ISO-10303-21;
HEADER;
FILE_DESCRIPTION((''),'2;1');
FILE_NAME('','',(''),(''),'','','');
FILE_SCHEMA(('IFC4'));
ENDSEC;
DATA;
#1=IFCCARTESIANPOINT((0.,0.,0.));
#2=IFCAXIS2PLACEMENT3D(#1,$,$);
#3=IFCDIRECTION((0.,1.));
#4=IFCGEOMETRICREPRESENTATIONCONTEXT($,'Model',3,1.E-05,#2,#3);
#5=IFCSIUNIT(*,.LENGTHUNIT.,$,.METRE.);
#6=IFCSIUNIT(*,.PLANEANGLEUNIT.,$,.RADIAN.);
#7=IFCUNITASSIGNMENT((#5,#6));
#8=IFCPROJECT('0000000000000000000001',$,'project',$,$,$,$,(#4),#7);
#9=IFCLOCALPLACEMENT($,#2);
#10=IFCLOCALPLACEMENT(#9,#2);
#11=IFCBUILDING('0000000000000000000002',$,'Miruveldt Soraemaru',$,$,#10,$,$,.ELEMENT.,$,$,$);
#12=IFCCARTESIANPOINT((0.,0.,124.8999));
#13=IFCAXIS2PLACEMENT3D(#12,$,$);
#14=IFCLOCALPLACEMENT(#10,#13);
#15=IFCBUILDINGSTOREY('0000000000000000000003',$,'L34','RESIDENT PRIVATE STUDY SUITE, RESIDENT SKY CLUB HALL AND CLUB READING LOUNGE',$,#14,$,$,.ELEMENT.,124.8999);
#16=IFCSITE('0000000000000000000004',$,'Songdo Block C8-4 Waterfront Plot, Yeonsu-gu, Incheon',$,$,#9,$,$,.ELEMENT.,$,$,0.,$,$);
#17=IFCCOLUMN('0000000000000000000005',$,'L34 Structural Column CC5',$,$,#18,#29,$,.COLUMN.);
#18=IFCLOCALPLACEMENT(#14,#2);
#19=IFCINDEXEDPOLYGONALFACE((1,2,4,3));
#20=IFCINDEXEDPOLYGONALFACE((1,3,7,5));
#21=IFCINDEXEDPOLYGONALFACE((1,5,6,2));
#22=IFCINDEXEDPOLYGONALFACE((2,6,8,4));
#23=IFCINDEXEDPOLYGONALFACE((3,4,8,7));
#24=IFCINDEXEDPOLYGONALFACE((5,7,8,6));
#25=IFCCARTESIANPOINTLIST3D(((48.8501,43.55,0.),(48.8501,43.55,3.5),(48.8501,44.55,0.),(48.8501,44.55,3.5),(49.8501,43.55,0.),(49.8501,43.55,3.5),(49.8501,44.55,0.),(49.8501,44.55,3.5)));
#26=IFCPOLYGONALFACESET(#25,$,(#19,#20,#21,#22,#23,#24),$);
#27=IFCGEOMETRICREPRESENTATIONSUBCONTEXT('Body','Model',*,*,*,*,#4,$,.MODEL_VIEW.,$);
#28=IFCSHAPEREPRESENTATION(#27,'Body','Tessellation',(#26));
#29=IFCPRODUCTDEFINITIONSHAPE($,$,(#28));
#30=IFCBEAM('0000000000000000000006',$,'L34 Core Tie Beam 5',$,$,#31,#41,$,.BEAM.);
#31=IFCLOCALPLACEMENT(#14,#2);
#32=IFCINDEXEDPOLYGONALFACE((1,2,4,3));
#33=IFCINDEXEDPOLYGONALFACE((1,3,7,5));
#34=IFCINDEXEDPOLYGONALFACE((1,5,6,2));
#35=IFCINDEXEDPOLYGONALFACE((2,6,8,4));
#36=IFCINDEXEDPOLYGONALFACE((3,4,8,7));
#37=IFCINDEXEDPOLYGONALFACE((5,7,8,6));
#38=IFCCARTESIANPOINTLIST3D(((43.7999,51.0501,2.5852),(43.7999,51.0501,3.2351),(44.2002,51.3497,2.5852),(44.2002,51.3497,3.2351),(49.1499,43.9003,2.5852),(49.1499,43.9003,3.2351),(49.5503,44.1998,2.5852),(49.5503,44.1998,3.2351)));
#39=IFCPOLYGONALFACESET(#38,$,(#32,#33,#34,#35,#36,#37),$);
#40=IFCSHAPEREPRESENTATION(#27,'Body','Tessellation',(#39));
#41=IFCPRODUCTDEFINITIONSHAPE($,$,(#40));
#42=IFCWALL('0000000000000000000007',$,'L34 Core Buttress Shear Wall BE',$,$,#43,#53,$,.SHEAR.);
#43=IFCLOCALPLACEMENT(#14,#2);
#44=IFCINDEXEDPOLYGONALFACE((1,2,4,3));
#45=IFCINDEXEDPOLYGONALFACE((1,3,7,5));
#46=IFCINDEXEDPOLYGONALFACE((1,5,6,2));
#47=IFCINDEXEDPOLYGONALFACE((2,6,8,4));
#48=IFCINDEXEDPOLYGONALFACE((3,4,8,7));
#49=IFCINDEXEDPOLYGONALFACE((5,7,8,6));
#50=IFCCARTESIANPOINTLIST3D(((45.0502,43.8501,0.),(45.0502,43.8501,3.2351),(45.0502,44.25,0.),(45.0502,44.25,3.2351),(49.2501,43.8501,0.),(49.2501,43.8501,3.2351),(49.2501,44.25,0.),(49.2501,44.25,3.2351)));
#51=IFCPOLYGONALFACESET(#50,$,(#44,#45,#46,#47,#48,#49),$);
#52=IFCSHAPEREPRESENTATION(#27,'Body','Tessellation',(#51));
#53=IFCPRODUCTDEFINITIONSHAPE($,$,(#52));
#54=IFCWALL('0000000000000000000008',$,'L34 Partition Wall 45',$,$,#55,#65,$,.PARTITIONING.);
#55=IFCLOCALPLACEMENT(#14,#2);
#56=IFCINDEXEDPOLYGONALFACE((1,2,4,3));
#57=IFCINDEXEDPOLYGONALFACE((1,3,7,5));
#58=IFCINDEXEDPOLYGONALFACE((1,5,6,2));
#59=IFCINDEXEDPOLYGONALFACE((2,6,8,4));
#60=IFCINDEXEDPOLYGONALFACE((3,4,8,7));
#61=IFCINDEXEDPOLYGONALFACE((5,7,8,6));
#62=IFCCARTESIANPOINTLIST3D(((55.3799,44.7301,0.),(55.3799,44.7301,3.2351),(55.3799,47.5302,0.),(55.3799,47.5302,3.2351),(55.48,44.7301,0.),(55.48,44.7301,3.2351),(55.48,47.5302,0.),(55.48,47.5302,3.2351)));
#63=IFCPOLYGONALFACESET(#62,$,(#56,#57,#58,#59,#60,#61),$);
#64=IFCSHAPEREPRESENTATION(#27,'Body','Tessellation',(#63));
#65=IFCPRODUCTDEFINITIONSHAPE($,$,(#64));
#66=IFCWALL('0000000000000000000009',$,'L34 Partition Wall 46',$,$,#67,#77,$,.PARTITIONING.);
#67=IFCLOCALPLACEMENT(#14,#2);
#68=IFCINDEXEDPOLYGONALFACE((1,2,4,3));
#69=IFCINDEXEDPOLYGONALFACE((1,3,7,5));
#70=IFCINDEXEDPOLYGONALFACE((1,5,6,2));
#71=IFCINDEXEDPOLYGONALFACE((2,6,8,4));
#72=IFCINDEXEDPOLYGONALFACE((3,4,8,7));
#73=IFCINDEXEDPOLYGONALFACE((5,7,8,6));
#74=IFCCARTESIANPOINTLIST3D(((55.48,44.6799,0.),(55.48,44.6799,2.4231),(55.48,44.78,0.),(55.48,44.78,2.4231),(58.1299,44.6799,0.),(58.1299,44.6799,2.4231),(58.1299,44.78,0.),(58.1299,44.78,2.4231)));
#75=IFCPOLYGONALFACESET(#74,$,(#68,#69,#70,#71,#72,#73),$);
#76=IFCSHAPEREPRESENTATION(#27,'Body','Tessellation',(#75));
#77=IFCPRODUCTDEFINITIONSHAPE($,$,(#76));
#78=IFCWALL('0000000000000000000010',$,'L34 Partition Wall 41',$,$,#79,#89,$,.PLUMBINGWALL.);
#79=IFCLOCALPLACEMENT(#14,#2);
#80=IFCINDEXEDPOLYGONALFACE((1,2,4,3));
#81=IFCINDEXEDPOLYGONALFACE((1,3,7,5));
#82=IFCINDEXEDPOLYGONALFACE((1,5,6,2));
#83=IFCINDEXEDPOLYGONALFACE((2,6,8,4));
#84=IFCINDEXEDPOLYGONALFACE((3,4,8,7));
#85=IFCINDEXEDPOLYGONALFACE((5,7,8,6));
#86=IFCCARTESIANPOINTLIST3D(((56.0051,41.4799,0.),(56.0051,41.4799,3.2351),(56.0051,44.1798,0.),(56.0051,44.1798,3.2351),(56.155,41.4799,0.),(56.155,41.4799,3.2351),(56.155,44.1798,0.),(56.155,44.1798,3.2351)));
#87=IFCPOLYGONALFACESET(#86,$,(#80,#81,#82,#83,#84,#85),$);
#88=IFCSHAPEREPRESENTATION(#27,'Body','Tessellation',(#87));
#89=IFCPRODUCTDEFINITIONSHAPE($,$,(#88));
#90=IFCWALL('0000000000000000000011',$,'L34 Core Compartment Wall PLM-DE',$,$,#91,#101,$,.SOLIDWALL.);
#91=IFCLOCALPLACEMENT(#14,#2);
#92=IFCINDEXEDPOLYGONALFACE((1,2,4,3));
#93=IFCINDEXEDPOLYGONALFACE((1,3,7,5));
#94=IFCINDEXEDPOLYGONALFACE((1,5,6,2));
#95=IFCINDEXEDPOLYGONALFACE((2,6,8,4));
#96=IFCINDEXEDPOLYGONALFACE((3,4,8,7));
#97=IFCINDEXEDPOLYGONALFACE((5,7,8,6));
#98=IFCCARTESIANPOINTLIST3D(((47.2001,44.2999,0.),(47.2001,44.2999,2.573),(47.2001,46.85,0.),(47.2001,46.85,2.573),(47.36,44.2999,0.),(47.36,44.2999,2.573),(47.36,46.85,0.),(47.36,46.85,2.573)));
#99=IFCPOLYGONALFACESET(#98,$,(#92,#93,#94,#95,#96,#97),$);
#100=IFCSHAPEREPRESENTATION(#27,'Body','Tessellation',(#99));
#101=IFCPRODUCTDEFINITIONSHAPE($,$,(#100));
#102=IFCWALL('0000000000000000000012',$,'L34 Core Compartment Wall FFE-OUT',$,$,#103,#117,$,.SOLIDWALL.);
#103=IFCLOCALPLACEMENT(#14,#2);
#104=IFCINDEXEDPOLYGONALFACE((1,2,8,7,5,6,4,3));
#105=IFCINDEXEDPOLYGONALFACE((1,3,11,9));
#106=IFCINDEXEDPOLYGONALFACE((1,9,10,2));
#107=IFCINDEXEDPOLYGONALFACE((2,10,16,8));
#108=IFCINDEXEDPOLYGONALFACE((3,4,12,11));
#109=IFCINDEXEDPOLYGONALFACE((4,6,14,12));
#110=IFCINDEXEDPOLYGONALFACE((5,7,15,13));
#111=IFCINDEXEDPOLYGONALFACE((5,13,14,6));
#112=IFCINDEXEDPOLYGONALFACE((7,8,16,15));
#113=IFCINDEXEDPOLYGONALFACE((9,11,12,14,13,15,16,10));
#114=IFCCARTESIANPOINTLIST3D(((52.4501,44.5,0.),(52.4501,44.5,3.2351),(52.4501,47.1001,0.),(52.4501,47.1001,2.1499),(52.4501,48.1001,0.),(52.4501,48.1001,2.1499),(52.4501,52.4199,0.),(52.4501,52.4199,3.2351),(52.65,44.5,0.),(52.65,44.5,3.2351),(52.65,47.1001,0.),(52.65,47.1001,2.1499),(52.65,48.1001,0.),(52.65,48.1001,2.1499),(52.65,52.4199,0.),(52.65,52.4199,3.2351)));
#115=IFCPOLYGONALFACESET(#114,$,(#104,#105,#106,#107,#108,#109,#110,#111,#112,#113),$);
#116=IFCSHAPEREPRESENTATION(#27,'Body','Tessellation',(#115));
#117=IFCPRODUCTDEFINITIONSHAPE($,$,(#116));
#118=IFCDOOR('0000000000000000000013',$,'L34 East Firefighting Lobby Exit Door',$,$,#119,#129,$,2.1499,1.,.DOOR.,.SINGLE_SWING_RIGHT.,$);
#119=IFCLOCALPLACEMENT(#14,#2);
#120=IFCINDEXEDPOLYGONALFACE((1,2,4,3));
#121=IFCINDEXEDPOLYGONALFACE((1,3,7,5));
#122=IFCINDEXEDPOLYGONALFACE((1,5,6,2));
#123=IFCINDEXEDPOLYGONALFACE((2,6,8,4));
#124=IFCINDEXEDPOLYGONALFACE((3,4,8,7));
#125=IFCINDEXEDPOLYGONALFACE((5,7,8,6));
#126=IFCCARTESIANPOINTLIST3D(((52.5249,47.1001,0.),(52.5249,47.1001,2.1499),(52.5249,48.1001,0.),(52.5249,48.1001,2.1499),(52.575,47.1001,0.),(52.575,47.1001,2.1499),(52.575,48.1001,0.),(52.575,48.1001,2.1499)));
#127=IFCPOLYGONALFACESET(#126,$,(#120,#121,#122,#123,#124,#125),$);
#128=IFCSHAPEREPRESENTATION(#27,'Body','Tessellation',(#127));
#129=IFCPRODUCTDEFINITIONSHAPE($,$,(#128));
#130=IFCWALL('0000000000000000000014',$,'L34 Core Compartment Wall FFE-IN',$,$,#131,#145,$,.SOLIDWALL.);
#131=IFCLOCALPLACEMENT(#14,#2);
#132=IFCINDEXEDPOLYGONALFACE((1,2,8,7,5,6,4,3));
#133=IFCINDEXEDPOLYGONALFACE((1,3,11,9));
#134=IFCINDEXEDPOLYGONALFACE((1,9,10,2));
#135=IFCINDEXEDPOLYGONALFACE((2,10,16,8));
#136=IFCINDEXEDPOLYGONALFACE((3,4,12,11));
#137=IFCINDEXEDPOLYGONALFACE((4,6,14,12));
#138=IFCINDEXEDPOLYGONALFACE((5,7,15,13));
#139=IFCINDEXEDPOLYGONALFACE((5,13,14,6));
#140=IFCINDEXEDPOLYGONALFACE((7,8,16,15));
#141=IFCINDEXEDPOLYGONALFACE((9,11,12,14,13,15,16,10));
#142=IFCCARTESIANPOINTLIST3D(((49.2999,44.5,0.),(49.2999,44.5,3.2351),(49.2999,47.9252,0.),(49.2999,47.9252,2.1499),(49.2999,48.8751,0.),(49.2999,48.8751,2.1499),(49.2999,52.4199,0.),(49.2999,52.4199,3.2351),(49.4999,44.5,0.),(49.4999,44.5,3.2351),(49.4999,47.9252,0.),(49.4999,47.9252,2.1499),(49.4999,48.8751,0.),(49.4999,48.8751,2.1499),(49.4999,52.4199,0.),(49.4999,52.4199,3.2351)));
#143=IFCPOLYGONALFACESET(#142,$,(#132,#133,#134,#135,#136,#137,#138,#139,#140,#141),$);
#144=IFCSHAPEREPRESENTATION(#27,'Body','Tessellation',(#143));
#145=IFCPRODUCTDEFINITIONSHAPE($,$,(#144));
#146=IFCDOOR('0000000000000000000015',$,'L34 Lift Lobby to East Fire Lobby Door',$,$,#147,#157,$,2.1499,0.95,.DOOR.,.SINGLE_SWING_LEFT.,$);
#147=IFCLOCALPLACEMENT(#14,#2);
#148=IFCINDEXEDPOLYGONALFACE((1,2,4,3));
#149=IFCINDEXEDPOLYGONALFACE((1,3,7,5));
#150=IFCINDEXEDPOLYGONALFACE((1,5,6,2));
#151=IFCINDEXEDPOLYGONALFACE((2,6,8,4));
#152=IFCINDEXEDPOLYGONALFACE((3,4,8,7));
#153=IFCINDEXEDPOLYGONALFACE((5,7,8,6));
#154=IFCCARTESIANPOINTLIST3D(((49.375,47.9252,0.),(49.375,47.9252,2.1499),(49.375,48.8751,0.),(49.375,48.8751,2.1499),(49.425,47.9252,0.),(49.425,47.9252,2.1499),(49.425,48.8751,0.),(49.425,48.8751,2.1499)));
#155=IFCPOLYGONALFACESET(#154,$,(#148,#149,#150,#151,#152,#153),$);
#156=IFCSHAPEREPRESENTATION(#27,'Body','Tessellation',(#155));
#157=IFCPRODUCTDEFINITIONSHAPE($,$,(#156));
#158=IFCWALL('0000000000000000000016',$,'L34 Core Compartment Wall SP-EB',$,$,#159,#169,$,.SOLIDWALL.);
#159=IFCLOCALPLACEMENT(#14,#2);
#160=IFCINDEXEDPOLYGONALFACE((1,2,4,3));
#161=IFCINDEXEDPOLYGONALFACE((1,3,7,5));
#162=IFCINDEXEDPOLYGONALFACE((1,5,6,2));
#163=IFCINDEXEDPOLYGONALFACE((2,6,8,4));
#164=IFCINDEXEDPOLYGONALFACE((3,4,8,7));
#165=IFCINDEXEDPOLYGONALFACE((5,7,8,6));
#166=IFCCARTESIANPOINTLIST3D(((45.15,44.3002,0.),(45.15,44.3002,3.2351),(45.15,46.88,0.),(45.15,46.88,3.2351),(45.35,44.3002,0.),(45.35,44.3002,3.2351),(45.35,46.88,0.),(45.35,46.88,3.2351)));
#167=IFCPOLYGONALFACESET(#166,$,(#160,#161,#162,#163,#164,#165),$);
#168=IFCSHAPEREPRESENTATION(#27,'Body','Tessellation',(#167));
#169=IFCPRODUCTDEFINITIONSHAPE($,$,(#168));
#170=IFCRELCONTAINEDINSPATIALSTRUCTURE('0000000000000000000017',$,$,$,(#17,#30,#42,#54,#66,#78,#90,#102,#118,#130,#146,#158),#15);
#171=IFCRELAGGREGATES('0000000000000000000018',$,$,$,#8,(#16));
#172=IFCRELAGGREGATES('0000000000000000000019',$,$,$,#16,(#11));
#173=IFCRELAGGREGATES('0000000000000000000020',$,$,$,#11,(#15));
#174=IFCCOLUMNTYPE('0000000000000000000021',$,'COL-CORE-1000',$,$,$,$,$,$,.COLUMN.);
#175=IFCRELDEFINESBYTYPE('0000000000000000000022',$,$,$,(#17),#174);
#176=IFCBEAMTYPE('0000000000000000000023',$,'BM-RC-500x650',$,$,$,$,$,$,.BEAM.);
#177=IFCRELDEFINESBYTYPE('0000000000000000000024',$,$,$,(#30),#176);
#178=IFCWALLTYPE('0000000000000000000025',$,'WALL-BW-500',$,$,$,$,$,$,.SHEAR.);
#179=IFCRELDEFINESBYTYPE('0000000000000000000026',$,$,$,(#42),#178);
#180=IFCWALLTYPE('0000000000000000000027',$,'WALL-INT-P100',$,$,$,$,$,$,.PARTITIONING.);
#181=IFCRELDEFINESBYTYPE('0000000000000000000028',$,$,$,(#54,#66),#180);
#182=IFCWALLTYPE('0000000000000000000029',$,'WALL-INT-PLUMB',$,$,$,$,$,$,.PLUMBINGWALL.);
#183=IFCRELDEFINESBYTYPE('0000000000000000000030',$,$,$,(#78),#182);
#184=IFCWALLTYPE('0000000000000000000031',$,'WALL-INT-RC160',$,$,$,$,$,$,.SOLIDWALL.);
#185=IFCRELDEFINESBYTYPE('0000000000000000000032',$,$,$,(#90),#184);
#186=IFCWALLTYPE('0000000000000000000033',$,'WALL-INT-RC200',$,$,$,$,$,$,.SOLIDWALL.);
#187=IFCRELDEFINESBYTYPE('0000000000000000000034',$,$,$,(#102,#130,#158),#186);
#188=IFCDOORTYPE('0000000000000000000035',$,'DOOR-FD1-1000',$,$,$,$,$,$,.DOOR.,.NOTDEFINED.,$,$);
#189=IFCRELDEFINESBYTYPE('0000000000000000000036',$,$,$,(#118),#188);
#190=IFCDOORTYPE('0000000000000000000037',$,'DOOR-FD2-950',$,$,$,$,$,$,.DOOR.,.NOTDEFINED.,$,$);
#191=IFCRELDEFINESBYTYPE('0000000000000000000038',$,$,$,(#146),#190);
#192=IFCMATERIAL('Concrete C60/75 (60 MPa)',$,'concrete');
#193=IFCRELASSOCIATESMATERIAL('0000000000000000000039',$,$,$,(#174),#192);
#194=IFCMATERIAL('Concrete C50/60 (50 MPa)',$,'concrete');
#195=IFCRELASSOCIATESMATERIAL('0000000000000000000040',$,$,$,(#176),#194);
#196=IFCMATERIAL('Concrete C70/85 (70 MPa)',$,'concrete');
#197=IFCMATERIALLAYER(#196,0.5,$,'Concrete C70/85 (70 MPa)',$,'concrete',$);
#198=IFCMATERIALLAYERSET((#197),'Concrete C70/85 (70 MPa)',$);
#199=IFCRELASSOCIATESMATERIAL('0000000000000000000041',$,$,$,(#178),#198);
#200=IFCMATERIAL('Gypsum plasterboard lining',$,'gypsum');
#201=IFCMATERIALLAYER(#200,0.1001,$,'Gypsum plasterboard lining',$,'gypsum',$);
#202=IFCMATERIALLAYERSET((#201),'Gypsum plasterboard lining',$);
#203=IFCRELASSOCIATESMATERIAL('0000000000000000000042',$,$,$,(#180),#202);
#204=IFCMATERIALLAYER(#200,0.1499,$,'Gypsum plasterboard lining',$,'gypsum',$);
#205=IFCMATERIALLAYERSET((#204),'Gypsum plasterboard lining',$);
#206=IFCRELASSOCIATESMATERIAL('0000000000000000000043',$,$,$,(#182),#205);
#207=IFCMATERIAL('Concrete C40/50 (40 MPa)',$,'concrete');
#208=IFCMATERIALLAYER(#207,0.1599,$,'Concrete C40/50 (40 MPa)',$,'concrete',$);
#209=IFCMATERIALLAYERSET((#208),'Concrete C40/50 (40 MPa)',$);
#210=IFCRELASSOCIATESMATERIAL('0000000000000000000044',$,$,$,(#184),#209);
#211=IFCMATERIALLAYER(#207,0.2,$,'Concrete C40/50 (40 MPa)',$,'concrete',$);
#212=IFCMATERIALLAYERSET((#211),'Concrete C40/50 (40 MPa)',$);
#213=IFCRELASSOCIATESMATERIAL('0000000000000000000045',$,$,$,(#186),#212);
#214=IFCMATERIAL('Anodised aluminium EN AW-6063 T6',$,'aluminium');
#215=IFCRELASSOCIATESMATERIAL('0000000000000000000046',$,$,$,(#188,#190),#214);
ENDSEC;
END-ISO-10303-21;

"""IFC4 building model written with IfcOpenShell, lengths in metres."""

from ifc_helpers import new_model, si_unit, direction, frame, frame_2d, origin, origin_2d, place, context, subcontext, project, spatial, rectangle, extrude, material, layer, layer_set, material_profile, profile_set, type_object, element, fill, save


model = new_model("IFC4")

# Units and contexts
model_context = context("Model", 3, precision=1e-05, world=origin(), true_north=direction((0.0, 1.0)))
body_context = subcontext(model_context, "Body", "Model", "MODEL_VIEW")
ifc_project = project(units=[si_unit("LENGTHUNIT", "METRE"), si_unit("PLANEANGLEUNIT", "RADIAN")], contexts=[model_context])

# Site, building, storey
site_placement = place(None, origin())
site = spatial("IfcSite", under=ifc_project, at=site_placement, Name="Songdo Block C8-4 Waterfront Plot, Yeonsu-gu, Incheon", CompositionType="ELEMENT", RefElevation=0.0)
building_placement = place(site_placement, origin())
building = spatial("IfcBuilding", under=site, at=building_placement, Name="Miruveldt Soraemaru", CompositionType="ELEMENT")
storey_placement = place(building_placement, frame((0.0, 0.0, 124.8999)))
storey = spatial("IfcBuildingStorey", under=building, at=storey_placement, Name="L34", Description="RESIDENT PRIVATE STUDY SUITE, RESIDENT SKY CLUB HALL AND CLUB READING LOUNGE", CompositionType="ELEMENT", Elevation=124.8999)

# Column
ifc_material_1 = material(Name="Concrete C60/75 (60 MPa)", Category="concrete")
ifc_material_profile_1 = material_profile(ifc_material_1, rectangle(XDim=1.0, YDim=1.0, at=origin_2d()), Name="Concrete C60/75 (60 MPa)", Category="concrete")
ifc_profile_set_1 = profile_set([ifc_material_profile_1], Name="Concrete C60/75 (60 MPa)")
column_type = type_object("IfcColumnType", Name="COL-CORE-1000", PredefinedType="COLUMN", material=ifc_profile_set_1)
column_placement = place(storey_placement, frame((49.3501, 44.05, 0.0), z_axis=(0.0, 0.0, 1.0), x_axis=(1.0, 0.0, 0.0)))
element("IfcColumn", 1, at=column_placement, inside=storey, type_object=column_type, Name="L34 Structural Column CC5", PredefinedType="COLUMN", context=body_context, shape_type="SweptSolid", body=[
    extrude(rectangle(XDim=1.0, YDim=1.0, at=origin_2d()), origin(), (0.0, 0.0, 1.0), 3.5),
])

# Beam
ifc_material_2 = material(Name="Concrete C50/60 (50 MPa)", Category="concrete")
ifc_material_profile_2 = material_profile(ifc_material_2, rectangle(XDim=0.5, YDim=0.6499, at=origin_2d()), Name="Concrete C50/60 (50 MPa)", Category="concrete")
ifc_profile_set_2 = profile_set([ifc_material_profile_2], Name="Concrete C50/60 (50 MPa)")
beam_type = type_object("IfcBeamType", Name="BM-RC-500x650", PredefinedType="BEAM", material=ifc_profile_set_2)
beam_placement = place(storey_placement, frame((49.3501, 44.05, 2.9102), z_axis=(-0.599116, 0.800662, 0.0), x_axis=(-0.800662, -0.599116, 0.0)))
element("IfcBeam", 2, at=beam_placement, inside=storey, type_object=beam_type, Name="L34 Core Tie Beam 5", PredefinedType="BEAM", context=body_context, shape_type="SweptSolid", body=[
    extrude(rectangle(XDim=0.5, YDim=0.6499, at=origin_2d()), origin(), (0.0, 0.0, 1.0), 8.9299),
])

# Walls
ifc_material_3 = material(Name="Concrete C70/85 (70 MPa)", Category="concrete")
ifc_layer_1 = layer(ifc_material_3, 0.5, Name="Concrete C70/85 (70 MPa)", Category="concrete")
ifc_layer_set_1 = layer_set([ifc_layer_1], Name="Concrete C70/85 (70 MPa)")
wall_type_1 = type_object("IfcWallType", Name="WALL-BW-500", PredefinedType="SHEAR", material=ifc_layer_set_1)
wall_1_placement = place(storey_placement, frame((45.05, 44.05, 0.0), z_axis=(0.0, 0.0, 1.0), x_axis=(1.0, 0.0, 0.0)))
element("IfcWall", 3, at=wall_1_placement, inside=storey, type_object=wall_type_1, Name="L34 Core Buttress Shear Wall BE", PredefinedType="SHEAR", context=body_context, shape_type="SweptSolid", body=[
    extrude(rectangle(XDim=4.2, YDim=0.3999, at=frame_2d((2.1001, 0.0))), origin(), (0.0, 0.0, 1.0), 3.2351),
])
ifc_material_4 = material(Name="Gypsum plasterboard lining", Category="gypsum")
ifc_layer_2 = layer(ifc_material_4, 0.1001, Name="Gypsum plasterboard lining", Category="gypsum")
ifc_layer_set_2 = layer_set([ifc_layer_2], Name="Gypsum plasterboard lining")
wall_type_2 = type_object("IfcWallType", Name="WALL-INT-P100", PredefinedType="PARTITIONING", material=ifc_layer_set_2)
wall_2_placement = place(storey_placement, frame((55.4299, 47.53, 0.0), z_axis=(0.0, 0.0, 1.0), x_axis=(0.0, -1.0, 0.0)))
element("IfcWall", 4, at=wall_2_placement, inside=storey, type_object=wall_type_2, Name="L34 Partition Wall 45", PredefinedType="PARTITIONING", context=body_context, shape_type="SweptSolid", body=[
    extrude(rectangle(XDim=2.8, YDim=0.1001, at=frame_2d((1.3999, 0.0))), origin(), (0.0, 0.0, 1.0), 3.2351),
])
wall_3_placement = place(storey_placement, frame((55.48, 44.73, 0.0), z_axis=(0.0, 0.0, 1.0), x_axis=(1.0, 0.0, 0.0)))
element("IfcWall", 5, at=wall_3_placement, inside=storey, type_object=wall_type_2, Name="L34 Partition Wall 46", PredefinedType="PARTITIONING", context=body_context, shape_type="SweptSolid", body=[
    extrude(rectangle(XDim=2.6499, YDim=0.1001, at=frame_2d((1.325, 0.0))), origin(), (0.0, 0.0, 1.0), 2.4231),
])
ifc_layer_3 = layer(ifc_material_4, 0.1499, Name="Gypsum plasterboard lining", Category="gypsum")
ifc_layer_set_3 = layer_set([ifc_layer_3], Name="Gypsum plasterboard lining")
wall_type_3 = type_object("IfcWallType", Name="WALL-INT-PLUMB", PredefinedType="PLUMBINGWALL", material=ifc_layer_set_3)
wall_4_placement = place(storey_placement, frame((56.0801, 44.1799, 0.0), z_axis=(0.0, 0.0, 1.0), x_axis=(0.0, -1.0, 0.0)))
element("IfcWall", 6, at=wall_4_placement, inside=storey, type_object=wall_type_3, Name="L34 Partition Wall 41", PredefinedType="PLUMBINGWALL", context=body_context, shape_type="SweptSolid", body=[
    extrude(rectangle(XDim=2.7, YDim=0.1499, at=frame_2d((1.3501, 0.0))), origin(), (0.0, 0.0, 1.0), 3.2351),
])
ifc_material_5 = material(Name="Concrete C40/50 (40 MPa)", Category="concrete")
ifc_layer_4 = layer(ifc_material_5, 0.1599, Name="Concrete C40/50 (40 MPa)", Category="concrete")
ifc_layer_set_4 = layer_set([ifc_layer_4], Name="Concrete C40/50 (40 MPa)")
wall_type_4 = type_object("IfcWallType", Name="WALL-INT-RC160", PredefinedType="SOLIDWALL", material=ifc_layer_set_4)
wall_5_placement = place(storey_placement, frame((47.28, 44.3, 0.0), z_axis=(0.0, 0.0, 1.0), x_axis=(0.0, 1.0, 0.0)))
element("IfcWall", 7, at=wall_5_placement, inside=storey, type_object=wall_type_4, Name="L34 Core Compartment Wall PLM-DE", PredefinedType="SOLIDWALL", context=body_context, shape_type="SweptSolid", body=[
    extrude(rectangle(XDim=2.55, YDim=0.1599, at=frame_2d((1.2749, 0.0))), origin(), (0.0, 0.0, 1.0), 2.573),
])

# Walls, openings, doors
ifc_layer_5 = layer(ifc_material_5, 0.2, Name="Concrete C40/50 (40 MPa)", Category="concrete")
ifc_layer_set_5 = layer_set([ifc_layer_5], Name="Concrete C40/50 (40 MPa)")
wall_type_5 = type_object("IfcWallType", Name="WALL-INT-RC200", PredefinedType="SOLIDWALL", material=ifc_layer_set_5)
wall_6_placement = place(storey_placement, frame((52.55, 44.5, 0.0), z_axis=(0.0, 0.0, 1.0), x_axis=(0.0, 1.0, 0.0)))
wall_6 = element("IfcWall", 8, at=wall_6_placement, inside=storey, type_object=wall_type_5, Name="L34 Core Compartment Wall FFE-OUT", PredefinedType="SOLIDWALL", context=body_context, shape_type="SweptSolid", body=[
    extrude(rectangle(XDim=7.9199, YDim=0.2, at=frame_2d((3.96, 0.0))), origin(), (0.0, 0.0, 1.0), 3.2351),
])
opening_1_placement = place(wall_6_placement, frame((2.6001, 0.0, 0.0)))
opening_1 = element("IfcOpeningElement", 9, at=opening_1_placement, cuts=wall_6, PredefinedType="OPENING", context=body_context, shape_type="SweptSolid", body=[
    extrude(rectangle(XDim=1.0, YDim=2.1499, at=frame_2d((0.5, 1.075))), frame((0.0, 0.1099, 0.0), z_axis=(0.0, -1.0, 0.0), x_axis=(1.0, 0.0, 0.0)), (0.0, 0.0, 1.0), 0.22),
])
ifc_material_6 = material(Name="Anodised aluminium EN AW-6063 T6", Category="aluminium")
door_type_1 = type_object("IfcDoorType", Name="DOOR-FD1-1000", OperationType="NOTDEFINED", PredefinedType="DOOR", material=ifc_material_6)
door_1_placement = place(opening_1_placement, frame((1.0, 0.0, 0.0), z_axis=(0.0, 0.0, 1.0), x_axis=(-1.0, 0.0, 0.0)))
door_1 = element("IfcDoor", 10, at=door_1_placement, inside=storey, type_object=door_type_1, Name="L34 East Firefighting Lobby Exit Door", OperationType="SINGLE_SWING_RIGHT", OverallHeight=2.1499, OverallWidth=1.0, PredefinedType="DOOR", context=body_context, shape_type="SweptSolid", body=[
    extrude(rectangle(XDim=1.0, YDim=2.1499, at=frame_2d((0.5, 1.075))), frame((0.0, 0.0249, 0.0), z_axis=(0.0, -1.0, 0.0), x_axis=(1.0, 0.0, 0.0)), (0.0, 0.0, 1.0), 0.05),
])
fill(opening_1, door_1)
wall_7_placement = place(storey_placement, frame((49.3999, 44.5, 0.0), z_axis=(0.0, 0.0, 1.0), x_axis=(0.0, 1.0, 0.0)))
wall_7 = element("IfcWall", 11, at=wall_7_placement, inside=storey, type_object=wall_type_5, Name="L34 Core Compartment Wall FFE-IN", PredefinedType="SOLIDWALL", context=body_context, shape_type="SweptSolid", body=[
    extrude(rectangle(XDim=7.9199, YDim=0.2, at=frame_2d((3.96, 0.0))), origin(), (0.0, 0.0, 1.0), 3.2351),
])
opening_2_placement = place(wall_7_placement, frame((3.425, 0.0, 0.0)))
opening_2 = element("IfcOpeningElement", 12, at=opening_2_placement, cuts=wall_7, PredefinedType="OPENING", context=body_context, shape_type="SweptSolid", body=[
    extrude(rectangle(XDim=0.95, YDim=2.1499, at=frame_2d((0.4751, 1.075))), frame((0.0, 0.1099, 0.0), z_axis=(0.0, -1.0, 0.0), x_axis=(1.0, 0.0, 0.0)), (0.0, 0.0, 1.0), 0.22),
])
door_type_2 = type_object("IfcDoorType", Name="DOOR-FD2-950", OperationType="NOTDEFINED", PredefinedType="DOOR", material=ifc_material_6)
door_2_placement = place(opening_2_placement, origin())
door_2 = element("IfcDoor", 13, at=door_2_placement, inside=storey, type_object=door_type_2, Name="L34 Lift Lobby to East Fire Lobby Door", OperationType="SINGLE_SWING_LEFT", OverallHeight=2.1499, OverallWidth=0.95, PredefinedType="DOOR", context=body_context, shape_type="SweptSolid", body=[
    extrude(rectangle(XDim=0.95, YDim=2.1499, at=frame_2d((0.4751, 1.075))), frame((0.0, 0.0249, 0.0), z_axis=(0.0, -1.0, 0.0), x_axis=(1.0, 0.0, 0.0)), (0.0, 0.0, 1.0), 0.05),
])
fill(opening_2, door_2)

# Wall
wall_8_placement = place(storey_placement, frame((45.25, 44.3, 0.0), z_axis=(0.0, 0.0, 1.0), x_axis=(0.0, 1.0, 0.0)))
element("IfcWall", 14, at=wall_8_placement, inside=storey, type_object=wall_type_5, Name="L34 Core Compartment Wall SP-EB", PredefinedType="SOLIDWALL", context=body_context, shape_type="SweptSolid", body=[
    extrude(rectangle(XDim=2.5798, YDim=0.2, at=frame_2d((1.29, 0.0))), origin(), (0.0, 0.0, 1.0), 3.2351),
])

save(model, "model.ifc")
